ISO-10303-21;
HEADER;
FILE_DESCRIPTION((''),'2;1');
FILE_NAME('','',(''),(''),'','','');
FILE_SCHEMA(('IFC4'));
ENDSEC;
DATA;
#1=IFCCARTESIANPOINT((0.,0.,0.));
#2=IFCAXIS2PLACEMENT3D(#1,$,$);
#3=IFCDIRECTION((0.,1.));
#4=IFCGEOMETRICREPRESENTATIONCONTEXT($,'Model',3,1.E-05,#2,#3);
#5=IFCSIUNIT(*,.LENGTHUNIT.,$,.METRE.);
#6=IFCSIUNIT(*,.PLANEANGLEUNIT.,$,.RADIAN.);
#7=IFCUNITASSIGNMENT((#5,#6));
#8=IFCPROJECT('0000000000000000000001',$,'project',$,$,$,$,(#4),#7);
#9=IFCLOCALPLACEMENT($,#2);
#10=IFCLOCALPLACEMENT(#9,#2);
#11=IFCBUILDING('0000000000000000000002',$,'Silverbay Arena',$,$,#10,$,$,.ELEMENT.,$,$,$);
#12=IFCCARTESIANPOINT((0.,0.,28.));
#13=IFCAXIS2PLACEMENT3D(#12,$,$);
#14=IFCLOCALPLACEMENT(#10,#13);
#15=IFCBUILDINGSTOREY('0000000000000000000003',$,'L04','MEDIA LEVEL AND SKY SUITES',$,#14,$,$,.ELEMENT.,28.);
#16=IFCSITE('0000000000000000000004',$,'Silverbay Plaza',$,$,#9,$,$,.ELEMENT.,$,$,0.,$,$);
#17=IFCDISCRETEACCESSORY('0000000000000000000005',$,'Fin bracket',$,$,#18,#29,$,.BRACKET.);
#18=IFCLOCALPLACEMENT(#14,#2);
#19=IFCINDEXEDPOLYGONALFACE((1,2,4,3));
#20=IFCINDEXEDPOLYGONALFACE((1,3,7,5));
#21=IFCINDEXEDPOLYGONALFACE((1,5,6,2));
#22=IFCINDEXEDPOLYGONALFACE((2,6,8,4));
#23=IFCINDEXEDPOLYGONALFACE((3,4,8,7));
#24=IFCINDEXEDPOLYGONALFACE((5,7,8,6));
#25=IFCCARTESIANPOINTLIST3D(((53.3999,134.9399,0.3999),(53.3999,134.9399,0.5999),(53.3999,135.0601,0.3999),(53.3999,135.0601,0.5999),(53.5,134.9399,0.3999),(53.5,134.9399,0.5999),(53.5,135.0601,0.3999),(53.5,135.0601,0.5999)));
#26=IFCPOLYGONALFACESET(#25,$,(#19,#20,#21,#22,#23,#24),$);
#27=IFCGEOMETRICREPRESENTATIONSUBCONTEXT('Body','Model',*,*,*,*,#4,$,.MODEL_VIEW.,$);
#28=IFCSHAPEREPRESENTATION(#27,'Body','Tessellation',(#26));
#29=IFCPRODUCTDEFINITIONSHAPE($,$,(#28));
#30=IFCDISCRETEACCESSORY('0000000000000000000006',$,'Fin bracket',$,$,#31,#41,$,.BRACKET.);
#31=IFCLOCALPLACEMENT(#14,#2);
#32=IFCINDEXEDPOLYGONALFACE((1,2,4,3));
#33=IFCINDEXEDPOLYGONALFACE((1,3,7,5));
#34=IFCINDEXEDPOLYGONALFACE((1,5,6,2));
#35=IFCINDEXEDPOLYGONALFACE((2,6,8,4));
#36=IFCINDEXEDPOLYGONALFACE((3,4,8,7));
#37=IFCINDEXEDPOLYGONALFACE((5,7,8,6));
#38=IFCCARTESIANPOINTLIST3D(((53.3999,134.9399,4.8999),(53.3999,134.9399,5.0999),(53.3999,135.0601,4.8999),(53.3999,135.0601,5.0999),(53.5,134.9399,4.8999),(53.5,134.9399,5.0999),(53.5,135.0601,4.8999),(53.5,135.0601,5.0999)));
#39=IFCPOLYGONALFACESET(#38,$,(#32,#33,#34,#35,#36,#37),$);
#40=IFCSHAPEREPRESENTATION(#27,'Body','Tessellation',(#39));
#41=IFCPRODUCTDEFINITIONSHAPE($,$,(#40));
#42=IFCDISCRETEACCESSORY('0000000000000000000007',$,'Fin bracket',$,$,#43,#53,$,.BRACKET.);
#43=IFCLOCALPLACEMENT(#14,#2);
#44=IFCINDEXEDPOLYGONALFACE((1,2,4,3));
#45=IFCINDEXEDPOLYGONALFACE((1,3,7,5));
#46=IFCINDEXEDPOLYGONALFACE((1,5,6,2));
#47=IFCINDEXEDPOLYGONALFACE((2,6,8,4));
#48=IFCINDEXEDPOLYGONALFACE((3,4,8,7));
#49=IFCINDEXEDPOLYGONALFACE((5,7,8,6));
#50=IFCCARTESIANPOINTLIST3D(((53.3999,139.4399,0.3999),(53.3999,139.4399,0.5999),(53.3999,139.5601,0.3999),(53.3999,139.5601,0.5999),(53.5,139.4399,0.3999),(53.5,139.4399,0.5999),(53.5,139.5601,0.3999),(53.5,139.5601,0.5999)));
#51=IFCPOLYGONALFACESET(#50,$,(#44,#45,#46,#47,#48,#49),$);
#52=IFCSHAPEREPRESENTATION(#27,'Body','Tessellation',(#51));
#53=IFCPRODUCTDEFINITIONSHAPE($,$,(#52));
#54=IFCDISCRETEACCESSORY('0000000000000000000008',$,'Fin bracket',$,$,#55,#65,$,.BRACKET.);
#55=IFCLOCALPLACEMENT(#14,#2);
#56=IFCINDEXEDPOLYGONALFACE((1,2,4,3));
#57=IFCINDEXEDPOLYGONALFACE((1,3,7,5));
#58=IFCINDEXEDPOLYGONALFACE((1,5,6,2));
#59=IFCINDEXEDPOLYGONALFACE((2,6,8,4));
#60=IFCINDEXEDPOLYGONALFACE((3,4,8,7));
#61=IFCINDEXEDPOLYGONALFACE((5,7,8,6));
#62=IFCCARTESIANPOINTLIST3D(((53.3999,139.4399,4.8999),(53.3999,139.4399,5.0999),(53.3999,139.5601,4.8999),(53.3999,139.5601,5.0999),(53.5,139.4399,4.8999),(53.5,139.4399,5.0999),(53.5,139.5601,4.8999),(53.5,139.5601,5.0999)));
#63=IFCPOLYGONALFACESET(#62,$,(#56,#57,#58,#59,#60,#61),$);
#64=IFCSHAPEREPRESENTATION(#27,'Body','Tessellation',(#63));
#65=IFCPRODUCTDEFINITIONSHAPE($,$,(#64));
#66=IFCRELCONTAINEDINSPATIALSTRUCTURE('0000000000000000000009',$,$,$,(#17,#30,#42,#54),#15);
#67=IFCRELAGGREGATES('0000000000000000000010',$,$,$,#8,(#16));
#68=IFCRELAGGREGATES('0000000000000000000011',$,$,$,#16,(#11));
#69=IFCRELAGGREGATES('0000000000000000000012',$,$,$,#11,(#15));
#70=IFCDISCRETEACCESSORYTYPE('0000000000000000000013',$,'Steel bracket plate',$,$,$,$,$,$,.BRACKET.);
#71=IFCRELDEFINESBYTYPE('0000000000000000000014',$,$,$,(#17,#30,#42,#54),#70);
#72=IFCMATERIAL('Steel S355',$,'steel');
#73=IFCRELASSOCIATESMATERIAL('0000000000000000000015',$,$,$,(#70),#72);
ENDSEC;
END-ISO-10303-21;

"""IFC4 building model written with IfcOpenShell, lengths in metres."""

from ifc_helpers import new_model, si_unit, direction, frame, origin, origin_2d, place, context, subcontext, project, spatial, rectangle, extrude, material, type_object, element, save


model = new_model("IFC4")

# Units and contexts
model_context = context("Model", 3, precision=1e-05, world=origin(), true_north=direction((0.0, 1.0)))
body_context = subcontext(model_context, "Body", "Model", "MODEL_VIEW")
ifc_project = project(units=[si_unit("LENGTHUNIT", "METRE"), si_unit("PLANEANGLEUNIT", "RADIAN")], contexts=[model_context])

# Site, building, storey
site_placement = place(None, origin())
site = spatial("IfcSite", under=ifc_project, at=site_placement, Name="Silverbay Plaza", CompositionType="ELEMENT", RefElevation=0.0)
building_placement = place(site_placement, origin())
building = spatial("IfcBuilding", under=site, at=building_placement, Name="Silverbay Arena", CompositionType="ELEMENT")
storey_placement = place(building_placement, frame((0.0, 0.0, 28.0)))
storey = spatial("IfcBuildingStorey", under=building, at=storey_placement, Name="L04", Description="MEDIA LEVEL AND SKY SUITES", CompositionType="ELEMENT", Elevation=28.0)

# Discrete accessories
ifc_material_1 = material(Name="Steel S355", Category="steel")
discrete_accessory_type = type_object("IfcDiscreteAccessoryType", Name="Steel bracket plate", PredefinedType="BRACKET", material=ifc_material_1)
for number, where, z_axis, x_axis, name in (
    (1, (53.45, 135.0, 0.3999), (0.0, 0.0, 1.0), (1.0, 0.0, 0.0), "Fin bracket"),
    (2, (53.45, 135.0, 4.8999), (0.0, 0.0, 1.0), (1.0, 0.0, 0.0), "Fin bracket"),
    (3, (53.45, 139.5, 0.3999), (0.0, 0.0, 1.0), (1.0, 0.0, 0.0), "Fin bracket"),
    (4, (53.45, 139.5, 4.8999), (0.0, 0.0, 1.0), (1.0, 0.0, 0.0), "Fin bracket"),
):
    element("IfcDiscreteAccessory", number, at=place(storey_placement, frame(where, z_axis=z_axis, x_axis=x_axis)), inside=storey, type_object=discrete_accessory_type, Name=name, PredefinedType="BRACKET", context=body_context, shape_type="SweptSolid", body=[
        extrude(rectangle(XDim=0.1001, YDim=0.1201, at=origin_2d()), origin(), (0.0, 0.0, 1.0), 0.2),
    ])

save(model, "model.ifc")
